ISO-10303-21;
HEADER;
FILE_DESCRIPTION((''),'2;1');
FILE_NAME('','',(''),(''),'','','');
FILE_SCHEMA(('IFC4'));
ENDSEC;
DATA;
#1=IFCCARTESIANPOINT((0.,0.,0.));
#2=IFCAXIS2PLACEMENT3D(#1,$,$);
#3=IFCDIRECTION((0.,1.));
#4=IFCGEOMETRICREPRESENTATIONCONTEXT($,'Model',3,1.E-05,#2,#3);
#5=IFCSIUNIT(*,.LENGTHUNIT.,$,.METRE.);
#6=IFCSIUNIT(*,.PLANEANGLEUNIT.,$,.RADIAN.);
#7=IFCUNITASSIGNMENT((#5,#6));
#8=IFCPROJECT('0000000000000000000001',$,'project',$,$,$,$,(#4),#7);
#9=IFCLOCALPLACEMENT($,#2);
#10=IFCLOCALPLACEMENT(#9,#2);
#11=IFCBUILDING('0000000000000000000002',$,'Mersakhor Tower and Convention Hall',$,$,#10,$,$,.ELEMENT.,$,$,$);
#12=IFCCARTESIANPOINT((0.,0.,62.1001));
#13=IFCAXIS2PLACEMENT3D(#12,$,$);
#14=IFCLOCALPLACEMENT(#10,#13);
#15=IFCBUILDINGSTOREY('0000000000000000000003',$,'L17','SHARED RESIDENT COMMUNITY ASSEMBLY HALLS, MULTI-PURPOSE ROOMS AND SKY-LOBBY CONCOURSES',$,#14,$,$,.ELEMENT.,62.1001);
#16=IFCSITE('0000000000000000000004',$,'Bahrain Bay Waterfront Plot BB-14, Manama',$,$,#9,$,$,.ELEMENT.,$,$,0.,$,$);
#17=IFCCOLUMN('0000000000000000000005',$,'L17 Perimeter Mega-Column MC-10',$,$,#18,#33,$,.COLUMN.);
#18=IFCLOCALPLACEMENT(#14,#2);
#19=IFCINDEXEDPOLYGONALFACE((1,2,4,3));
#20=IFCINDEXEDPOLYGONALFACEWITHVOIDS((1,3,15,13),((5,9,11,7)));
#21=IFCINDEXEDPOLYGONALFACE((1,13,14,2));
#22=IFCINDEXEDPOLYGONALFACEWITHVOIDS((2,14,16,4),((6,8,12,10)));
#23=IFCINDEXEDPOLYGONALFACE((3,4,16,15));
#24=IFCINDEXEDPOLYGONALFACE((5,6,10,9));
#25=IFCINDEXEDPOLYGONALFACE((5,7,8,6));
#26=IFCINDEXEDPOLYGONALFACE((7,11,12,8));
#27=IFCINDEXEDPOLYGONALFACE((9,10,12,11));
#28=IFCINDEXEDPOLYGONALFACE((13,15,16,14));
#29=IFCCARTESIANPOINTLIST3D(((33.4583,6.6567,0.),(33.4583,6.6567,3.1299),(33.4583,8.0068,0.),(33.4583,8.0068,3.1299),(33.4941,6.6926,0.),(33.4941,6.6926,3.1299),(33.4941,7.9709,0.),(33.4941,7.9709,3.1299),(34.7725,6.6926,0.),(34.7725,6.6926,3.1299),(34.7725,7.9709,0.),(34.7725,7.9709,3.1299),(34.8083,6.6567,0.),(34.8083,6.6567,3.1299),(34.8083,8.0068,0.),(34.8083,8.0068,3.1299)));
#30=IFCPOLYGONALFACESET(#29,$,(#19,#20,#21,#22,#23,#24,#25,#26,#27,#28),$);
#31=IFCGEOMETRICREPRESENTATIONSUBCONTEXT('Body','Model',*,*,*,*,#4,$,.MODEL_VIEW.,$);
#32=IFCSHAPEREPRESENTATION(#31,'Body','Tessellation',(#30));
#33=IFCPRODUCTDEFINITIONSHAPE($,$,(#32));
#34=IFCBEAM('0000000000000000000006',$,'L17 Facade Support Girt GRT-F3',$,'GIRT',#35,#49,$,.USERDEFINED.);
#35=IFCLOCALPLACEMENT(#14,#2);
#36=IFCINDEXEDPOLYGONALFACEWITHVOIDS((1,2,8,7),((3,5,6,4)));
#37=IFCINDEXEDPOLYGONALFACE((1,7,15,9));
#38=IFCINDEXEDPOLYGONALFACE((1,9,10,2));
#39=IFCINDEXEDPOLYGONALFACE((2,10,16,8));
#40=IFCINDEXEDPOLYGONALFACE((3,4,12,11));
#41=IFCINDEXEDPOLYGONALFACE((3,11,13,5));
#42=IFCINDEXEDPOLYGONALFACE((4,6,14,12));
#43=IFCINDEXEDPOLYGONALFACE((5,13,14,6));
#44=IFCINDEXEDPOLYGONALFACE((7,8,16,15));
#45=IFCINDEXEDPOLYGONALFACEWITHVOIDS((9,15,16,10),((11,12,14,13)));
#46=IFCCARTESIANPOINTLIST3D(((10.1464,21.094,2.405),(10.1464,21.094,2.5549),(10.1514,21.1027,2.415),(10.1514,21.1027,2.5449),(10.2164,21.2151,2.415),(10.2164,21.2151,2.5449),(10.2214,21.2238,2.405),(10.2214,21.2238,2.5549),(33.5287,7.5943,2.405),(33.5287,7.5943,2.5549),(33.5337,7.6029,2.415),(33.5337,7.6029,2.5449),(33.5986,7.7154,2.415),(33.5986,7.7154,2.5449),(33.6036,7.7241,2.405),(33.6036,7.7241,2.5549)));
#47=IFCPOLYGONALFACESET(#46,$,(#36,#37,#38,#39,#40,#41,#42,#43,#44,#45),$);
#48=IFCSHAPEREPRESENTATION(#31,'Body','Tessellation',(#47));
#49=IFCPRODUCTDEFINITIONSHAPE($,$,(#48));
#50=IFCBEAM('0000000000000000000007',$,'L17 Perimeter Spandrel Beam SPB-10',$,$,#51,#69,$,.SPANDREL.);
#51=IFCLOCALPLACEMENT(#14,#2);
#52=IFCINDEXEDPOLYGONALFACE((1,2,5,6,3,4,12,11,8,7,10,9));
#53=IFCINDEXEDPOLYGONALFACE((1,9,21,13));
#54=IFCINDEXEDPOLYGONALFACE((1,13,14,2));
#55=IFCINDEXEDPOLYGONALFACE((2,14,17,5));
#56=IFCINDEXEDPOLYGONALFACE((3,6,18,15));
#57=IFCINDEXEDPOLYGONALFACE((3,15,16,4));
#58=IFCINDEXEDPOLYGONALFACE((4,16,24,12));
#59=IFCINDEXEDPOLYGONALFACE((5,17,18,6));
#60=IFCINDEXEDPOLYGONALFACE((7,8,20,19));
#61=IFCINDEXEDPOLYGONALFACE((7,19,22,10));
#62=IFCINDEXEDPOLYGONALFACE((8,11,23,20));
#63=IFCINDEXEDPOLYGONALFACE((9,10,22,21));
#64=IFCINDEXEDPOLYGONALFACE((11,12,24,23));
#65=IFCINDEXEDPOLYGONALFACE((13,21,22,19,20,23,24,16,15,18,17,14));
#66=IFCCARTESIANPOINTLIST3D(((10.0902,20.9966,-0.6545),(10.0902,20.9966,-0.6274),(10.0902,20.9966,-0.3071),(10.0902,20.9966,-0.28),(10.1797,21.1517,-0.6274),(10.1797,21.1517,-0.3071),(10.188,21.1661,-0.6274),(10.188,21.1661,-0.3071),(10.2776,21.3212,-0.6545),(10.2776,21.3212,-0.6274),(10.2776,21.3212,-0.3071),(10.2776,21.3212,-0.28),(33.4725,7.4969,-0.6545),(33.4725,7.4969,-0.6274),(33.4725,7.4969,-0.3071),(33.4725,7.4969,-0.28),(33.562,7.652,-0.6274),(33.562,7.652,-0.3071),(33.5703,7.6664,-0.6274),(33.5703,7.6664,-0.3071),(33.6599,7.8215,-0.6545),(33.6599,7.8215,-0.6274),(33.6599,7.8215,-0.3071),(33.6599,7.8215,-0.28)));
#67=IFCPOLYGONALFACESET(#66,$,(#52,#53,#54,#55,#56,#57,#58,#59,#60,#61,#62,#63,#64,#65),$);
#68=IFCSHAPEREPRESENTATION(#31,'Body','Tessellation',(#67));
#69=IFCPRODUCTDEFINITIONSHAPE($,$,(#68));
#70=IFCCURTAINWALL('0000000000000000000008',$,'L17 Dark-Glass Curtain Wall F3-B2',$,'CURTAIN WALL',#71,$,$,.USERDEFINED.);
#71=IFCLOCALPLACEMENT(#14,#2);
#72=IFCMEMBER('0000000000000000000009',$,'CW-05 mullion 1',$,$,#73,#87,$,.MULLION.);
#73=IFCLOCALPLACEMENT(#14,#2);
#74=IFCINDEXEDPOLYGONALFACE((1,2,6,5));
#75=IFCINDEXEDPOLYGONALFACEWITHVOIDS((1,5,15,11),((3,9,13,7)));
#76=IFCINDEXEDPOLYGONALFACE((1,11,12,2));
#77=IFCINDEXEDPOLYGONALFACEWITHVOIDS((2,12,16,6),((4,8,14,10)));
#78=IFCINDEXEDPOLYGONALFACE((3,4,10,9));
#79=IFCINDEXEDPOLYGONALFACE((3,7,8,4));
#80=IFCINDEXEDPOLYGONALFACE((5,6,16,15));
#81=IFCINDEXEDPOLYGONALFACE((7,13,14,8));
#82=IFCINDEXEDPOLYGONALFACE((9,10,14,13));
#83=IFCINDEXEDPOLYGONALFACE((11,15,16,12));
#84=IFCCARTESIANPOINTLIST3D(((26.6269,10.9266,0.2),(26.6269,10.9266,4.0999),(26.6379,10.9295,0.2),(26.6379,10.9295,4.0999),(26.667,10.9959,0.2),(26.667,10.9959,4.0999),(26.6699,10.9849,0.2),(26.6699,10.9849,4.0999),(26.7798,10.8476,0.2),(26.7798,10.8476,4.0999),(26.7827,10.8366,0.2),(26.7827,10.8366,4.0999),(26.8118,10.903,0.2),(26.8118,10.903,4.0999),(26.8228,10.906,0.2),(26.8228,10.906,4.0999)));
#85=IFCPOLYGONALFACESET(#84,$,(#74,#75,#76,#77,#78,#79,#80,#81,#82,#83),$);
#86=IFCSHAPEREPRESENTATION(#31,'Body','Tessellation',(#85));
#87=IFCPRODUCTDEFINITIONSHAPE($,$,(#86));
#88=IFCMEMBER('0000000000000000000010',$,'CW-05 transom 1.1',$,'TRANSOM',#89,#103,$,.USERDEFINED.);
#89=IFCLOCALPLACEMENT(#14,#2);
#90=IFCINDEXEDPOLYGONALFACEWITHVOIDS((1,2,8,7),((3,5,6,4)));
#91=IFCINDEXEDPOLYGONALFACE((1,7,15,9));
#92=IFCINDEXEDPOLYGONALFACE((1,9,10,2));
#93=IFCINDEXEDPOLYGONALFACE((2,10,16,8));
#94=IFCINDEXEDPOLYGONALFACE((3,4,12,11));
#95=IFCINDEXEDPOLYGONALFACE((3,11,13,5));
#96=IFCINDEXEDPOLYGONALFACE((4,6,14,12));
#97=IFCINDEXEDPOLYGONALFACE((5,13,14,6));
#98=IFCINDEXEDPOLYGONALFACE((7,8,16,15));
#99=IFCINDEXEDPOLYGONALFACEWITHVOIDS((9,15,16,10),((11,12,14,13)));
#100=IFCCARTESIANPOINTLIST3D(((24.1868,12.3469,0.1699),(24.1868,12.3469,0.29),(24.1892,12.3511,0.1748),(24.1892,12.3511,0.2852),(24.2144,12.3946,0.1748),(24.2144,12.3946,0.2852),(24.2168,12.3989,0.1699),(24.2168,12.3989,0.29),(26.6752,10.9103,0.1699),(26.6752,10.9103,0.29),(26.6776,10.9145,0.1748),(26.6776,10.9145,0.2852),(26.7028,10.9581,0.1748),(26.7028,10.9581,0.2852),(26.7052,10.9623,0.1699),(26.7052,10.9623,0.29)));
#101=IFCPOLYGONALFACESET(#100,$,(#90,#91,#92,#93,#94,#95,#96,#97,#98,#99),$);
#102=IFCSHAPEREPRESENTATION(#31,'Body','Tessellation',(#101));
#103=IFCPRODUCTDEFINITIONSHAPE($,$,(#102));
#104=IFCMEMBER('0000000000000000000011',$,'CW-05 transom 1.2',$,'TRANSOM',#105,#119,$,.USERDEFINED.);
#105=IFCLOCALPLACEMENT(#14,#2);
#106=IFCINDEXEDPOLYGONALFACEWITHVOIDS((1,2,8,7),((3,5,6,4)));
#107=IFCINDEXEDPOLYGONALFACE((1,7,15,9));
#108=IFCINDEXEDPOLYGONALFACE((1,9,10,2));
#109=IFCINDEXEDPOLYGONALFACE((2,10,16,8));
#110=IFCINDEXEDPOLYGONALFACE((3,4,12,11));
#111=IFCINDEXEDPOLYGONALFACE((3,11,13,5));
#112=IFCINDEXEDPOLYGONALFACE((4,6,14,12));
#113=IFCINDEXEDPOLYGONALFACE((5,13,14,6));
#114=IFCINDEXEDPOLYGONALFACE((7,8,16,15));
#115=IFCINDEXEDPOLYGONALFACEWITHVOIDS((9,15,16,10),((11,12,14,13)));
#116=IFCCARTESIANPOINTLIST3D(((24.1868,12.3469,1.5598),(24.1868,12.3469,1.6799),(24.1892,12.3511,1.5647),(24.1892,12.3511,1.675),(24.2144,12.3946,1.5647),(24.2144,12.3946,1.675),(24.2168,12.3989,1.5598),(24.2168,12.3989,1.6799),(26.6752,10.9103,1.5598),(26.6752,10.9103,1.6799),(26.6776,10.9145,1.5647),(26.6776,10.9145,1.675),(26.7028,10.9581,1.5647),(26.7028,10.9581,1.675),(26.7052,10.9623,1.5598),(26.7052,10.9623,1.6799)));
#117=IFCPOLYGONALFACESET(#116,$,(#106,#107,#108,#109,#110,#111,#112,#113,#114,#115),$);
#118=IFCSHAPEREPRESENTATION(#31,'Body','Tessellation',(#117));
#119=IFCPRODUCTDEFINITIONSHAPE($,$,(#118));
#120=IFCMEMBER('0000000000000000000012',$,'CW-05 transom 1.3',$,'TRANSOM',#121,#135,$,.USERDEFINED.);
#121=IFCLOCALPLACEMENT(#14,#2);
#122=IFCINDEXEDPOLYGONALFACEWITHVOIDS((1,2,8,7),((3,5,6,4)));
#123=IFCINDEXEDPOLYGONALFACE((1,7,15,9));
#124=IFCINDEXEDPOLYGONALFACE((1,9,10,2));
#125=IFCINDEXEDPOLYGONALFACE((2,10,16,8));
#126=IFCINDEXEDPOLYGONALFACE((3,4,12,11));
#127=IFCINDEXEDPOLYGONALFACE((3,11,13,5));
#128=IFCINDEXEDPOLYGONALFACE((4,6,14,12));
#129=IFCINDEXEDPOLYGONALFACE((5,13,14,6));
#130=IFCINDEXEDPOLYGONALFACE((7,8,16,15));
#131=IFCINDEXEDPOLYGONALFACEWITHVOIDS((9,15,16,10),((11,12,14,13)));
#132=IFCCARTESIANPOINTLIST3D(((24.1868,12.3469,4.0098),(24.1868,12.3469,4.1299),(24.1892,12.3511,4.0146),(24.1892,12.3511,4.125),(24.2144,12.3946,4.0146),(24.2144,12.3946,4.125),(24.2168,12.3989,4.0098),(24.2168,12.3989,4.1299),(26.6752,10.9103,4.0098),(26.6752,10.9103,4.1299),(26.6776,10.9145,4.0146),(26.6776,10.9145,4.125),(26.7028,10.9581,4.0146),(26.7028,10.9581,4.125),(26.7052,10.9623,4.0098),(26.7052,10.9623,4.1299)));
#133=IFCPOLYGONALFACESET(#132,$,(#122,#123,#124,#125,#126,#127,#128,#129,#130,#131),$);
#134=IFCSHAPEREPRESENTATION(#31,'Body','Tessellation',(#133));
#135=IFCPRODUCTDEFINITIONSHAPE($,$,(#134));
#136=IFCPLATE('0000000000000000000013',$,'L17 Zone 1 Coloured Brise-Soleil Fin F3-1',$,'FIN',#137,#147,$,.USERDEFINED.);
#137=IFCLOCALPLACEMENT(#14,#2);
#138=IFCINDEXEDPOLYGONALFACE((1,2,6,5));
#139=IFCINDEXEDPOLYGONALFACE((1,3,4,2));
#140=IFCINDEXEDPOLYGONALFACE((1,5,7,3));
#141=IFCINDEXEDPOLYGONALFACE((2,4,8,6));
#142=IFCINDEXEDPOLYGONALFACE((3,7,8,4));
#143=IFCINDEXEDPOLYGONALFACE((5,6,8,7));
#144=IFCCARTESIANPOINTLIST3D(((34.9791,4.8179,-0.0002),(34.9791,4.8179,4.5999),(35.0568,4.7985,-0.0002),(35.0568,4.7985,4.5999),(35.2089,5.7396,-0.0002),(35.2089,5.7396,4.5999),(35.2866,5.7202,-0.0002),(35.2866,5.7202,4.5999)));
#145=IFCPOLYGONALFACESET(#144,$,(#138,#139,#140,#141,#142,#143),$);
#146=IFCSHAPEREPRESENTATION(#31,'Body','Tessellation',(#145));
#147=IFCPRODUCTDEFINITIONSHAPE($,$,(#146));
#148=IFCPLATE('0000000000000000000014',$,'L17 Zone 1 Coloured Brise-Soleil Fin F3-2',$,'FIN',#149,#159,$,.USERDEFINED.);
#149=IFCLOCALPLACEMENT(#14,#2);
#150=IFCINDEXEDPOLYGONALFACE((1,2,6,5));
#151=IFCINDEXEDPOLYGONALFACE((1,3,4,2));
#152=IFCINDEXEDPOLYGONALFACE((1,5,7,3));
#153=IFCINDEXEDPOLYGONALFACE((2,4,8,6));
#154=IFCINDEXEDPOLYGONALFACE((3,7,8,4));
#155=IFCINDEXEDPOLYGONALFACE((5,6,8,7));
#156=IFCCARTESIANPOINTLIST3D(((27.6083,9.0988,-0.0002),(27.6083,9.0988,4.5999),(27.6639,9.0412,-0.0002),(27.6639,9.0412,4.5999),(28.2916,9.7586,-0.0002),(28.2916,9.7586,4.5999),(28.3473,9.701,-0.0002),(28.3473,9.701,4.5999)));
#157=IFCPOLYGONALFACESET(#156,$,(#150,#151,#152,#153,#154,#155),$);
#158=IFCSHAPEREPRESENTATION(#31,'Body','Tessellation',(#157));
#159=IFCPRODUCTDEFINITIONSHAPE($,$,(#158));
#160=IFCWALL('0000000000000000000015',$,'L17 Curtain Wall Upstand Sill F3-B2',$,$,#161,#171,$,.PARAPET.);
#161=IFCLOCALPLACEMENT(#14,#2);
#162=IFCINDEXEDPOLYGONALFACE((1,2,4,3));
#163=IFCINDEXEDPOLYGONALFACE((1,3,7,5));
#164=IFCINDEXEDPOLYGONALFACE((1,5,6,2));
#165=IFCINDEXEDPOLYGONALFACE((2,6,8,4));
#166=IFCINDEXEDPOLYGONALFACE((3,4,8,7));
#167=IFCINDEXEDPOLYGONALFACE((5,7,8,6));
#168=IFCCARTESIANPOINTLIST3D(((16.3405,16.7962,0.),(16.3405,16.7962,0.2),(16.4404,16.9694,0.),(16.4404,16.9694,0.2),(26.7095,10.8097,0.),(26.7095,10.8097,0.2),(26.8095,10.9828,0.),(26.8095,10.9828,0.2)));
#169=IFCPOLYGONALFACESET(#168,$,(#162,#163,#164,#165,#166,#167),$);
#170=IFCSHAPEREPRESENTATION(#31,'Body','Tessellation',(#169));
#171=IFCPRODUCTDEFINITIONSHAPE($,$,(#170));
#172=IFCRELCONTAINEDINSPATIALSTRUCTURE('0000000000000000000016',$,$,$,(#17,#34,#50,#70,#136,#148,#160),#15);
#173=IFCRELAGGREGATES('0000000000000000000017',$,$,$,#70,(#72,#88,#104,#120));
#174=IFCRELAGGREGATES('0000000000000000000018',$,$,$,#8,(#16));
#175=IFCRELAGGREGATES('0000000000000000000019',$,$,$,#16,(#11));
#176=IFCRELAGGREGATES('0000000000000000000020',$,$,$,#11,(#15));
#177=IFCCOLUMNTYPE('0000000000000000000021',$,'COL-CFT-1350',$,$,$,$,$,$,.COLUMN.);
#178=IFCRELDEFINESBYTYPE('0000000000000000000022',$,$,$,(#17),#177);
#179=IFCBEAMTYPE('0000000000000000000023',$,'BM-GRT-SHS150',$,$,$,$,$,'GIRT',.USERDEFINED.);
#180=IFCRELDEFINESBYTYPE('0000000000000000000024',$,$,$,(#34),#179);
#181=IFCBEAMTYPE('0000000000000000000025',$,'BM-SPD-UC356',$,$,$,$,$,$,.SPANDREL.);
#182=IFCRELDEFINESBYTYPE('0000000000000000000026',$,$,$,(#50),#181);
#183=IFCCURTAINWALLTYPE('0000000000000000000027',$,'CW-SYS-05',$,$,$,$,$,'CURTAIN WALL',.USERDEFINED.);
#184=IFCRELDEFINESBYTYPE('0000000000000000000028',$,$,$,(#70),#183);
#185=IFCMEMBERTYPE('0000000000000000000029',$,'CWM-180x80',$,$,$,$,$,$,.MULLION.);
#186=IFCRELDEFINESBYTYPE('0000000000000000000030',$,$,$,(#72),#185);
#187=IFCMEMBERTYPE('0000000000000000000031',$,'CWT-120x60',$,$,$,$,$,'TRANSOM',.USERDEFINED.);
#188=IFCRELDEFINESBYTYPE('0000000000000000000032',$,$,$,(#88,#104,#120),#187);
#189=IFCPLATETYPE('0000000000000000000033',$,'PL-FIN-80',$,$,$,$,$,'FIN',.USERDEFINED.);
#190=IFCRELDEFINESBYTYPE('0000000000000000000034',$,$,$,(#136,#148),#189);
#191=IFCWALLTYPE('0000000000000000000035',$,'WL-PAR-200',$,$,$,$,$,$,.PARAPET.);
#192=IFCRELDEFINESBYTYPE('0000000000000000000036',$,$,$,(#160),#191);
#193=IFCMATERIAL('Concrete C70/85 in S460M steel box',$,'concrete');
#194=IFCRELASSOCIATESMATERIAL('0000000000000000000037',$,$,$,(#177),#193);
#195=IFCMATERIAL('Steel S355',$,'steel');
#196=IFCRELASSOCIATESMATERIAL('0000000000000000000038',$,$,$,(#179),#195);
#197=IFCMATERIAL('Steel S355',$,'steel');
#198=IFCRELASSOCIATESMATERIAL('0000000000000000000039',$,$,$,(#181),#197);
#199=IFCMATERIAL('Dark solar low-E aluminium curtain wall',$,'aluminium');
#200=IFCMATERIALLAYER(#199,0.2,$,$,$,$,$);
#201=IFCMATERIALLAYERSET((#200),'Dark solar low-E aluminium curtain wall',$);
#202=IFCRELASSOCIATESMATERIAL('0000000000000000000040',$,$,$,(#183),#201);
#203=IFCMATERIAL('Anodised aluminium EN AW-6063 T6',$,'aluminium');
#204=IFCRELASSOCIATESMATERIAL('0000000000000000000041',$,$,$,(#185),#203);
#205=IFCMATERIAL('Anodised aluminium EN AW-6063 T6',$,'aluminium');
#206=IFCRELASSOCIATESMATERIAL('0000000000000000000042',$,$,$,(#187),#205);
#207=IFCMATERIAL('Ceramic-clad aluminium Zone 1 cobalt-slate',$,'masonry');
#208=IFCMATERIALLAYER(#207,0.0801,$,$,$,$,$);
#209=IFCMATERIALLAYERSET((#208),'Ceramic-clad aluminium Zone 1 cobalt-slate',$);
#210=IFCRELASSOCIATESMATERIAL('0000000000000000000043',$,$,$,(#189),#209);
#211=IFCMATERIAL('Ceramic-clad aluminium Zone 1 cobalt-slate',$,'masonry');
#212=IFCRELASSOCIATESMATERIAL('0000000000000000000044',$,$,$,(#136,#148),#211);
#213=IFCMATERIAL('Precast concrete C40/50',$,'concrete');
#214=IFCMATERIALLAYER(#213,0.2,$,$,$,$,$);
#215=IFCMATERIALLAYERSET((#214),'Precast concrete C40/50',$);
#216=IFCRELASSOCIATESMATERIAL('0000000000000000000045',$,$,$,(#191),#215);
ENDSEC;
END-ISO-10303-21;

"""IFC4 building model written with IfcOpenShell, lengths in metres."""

from ifc_helpers import new_model, si_unit, direction, frame, frame_2d, origin, origin_2d, place, context, subcontext, project, spatial, rectangle, hollow_rectangle, i_section, extrude, material, layer, layer_set, material_profile, profile_set, type_object, element, aggregate, save


model = new_model("IFC4")

# Units and contexts
model_context = context("Model", 3, precision=1e-05, world=origin(), true_north=direction((0.0, 1.0)))
body_context = subcontext(model_context, "Body", "Model", "MODEL_VIEW")
ifc_project = project(units=[si_unit("LENGTHUNIT", "METRE"), si_unit("PLANEANGLEUNIT", "RADIAN")], contexts=[model_context])

# Site, building, storey
site_placement = place(None, origin())
site = spatial("IfcSite", under=ifc_project, at=site_placement, Name="Bahrain Bay Waterfront Plot BB-14, Manama", CompositionType="ELEMENT", RefElevation=0.0)
building_placement = place(site_placement, origin())
building = spatial("IfcBuilding", under=site, at=building_placement, Name="Mersakhor Tower and Convention Hall", CompositionType="ELEMENT")
storey_placement = place(building_placement, frame((0.0, 0.0, 62.1001)))
storey = spatial("IfcBuildingStorey", under=building, at=storey_placement, Name="L17", Description="SHARED RESIDENT COMMUNITY ASSEMBLY HALLS, MULTI-PURPOSE ROOMS AND SKY-LOBBY CONCOURSES", CompositionType="ELEMENT", Elevation=62.1001)

# Column
ifc_material_1 = material(Name="Concrete C70/85 in S460M steel box", Category="concrete")
ifc_material_profile_1 = material_profile(ifc_material_1, hollow_rectangle(XDim=1.3501, YDim=1.3501, WallThickness=0.0359, at=origin_2d()), Name="SHS 1350x1350x36")
ifc_profile_set_1 = profile_set([ifc_material_profile_1], Name="Concrete C70/85 in S460M steel box")
column_type = type_object("IfcColumnType", Name="COL-CFT-1350", PredefinedType="COLUMN", material=ifc_profile_set_1)
column_placement = place(storey_placement, frame((34.1333, 7.3318, 0.0), z_axis=(0.0, 0.0, 1.0), x_axis=(1.0, 0.0, 0.0)))
element("IfcColumn", 1, at=column_placement, inside=storey, type_object=column_type, Name="L17 Perimeter Mega-Column MC-10", PredefinedType="COLUMN", context=body_context, shape_type="SweptSolid", body=[
    extrude(hollow_rectangle(XDim=1.3501, YDim=1.3501, WallThickness=0.0359, at=origin_2d()), origin(), (0.0, 0.0, 1.0), 3.1299),
])

# Beams
ifc_material_2 = material(Name="Steel S355", Category="steel")
ifc_material_profile_2 = material_profile(ifc_material_2, hollow_rectangle(XDim=0.1499, YDim=0.1499, WallThickness=0.01, at=origin_2d()), Name="SHS 150x150x10")
ifc_profile_set_2 = profile_set([ifc_material_profile_2], Name="Steel S355")
beam_type_1 = type_object("IfcBeamType", Name="BM-GRT-SHS150", ElementType="GIRT", PredefinedType="USERDEFINED", material=ifc_profile_set_2)
beam_1_placement = place(storey_placement, frame((33.5662, 7.6592, 2.48), z_axis=(-0.866026, 0.499999, 0.0), x_axis=(-0.499999, -0.866026, 0.0)))
element("IfcBeam", 2, at=beam_1_placement, inside=storey, type_object=beam_type_1, Name="L17 Facade Support Girt GRT-F3", ObjectType="GIRT", PredefinedType="USERDEFINED", context=body_context, shape_type="SweptSolid", body=[
    extrude(hollow_rectangle(XDim=0.1499, YDim=0.1499, WallThickness=0.01, at=origin_2d()), origin(), (0.0, 0.0, 1.0), 26.9995),
])
ifc_material_3 = material(Name="Steel S355", Category="steel")
ifc_material_profile_3 = material_profile(ifc_material_3, i_section(OverallWidth=0.3748, OverallDepth=0.3745, WebThickness=0.0166, FlangeThickness=0.0271, at=origin_2d()), Name="UC 356x368x202")
ifc_profile_set_3 = profile_set([ifc_material_profile_3], Name="Steel S355")
beam_type_2 = type_object("IfcBeamType", Name="BM-SPD-UC356", PredefinedType="SPANDREL", material=ifc_profile_set_3)
beam_2_placement = place(storey_placement, frame((33.5662, 7.6592, -0.4673), z_axis=(-0.866026, 0.499999, 0.0), x_axis=(-0.499999, -0.866026, 0.0)))
element("IfcBeam", 3, at=beam_2_placement, inside=storey, type_object=beam_type_2, Name="L17 Perimeter Spandrel Beam SPB-10", PredefinedType="SPANDREL", context=body_context, shape_type="SweptSolid", body=[
    extrude(i_section(OverallWidth=0.3748, OverallDepth=0.3745, WebThickness=0.0166, FlangeThickness=0.0271, at=origin_2d()), origin(), (0.0, 0.0, 1.0), 26.9995),
])

# Curtain wall, members
ifc_material_4 = material(Name="Dark solar low-E aluminium curtain wall", Category="aluminium")
ifc_layer_1 = layer(ifc_material_4, 0.2)
ifc_layer_set_1 = layer_set([ifc_layer_1], Name="Dark solar low-E aluminium curtain wall")
curtain_wall_type = type_object("IfcCurtainWallType", Name="CW-SYS-05", ElementType="CURTAIN WALL", PredefinedType="USERDEFINED", material=ifc_layer_set_1)
curtain_wall_placement = place(storey_placement, origin())
curtain_wall = element("IfcCurtainWall", 4, at=curtain_wall_placement, inside=storey, type_object=curtain_wall_type, Name="L17 Dark-Glass Curtain Wall F3-B2", ObjectType="CURTAIN WALL", PredefinedType="USERDEFINED")
ifc_material_5 = material(Name="Anodised aluminium EN AW-6063 T6", Category="aluminium")
ifc_material_profile_4 = material_profile(ifc_material_5, hollow_rectangle(XDim=0.0801, YDim=0.1799, WallThickness=0.0081, at=origin_2d()), Name="RHS 180x80x8")
ifc_profile_set_4 = profile_set([ifc_material_profile_4], Name="Anodised aluminium EN AW-6063 T6")
member_type_1 = type_object("IfcMemberType", Name="CWM-180x80", PredefinedType="MULLION", material=ifc_profile_set_4)
member_1_placement = place(storey_placement, frame((26.7249, 10.9163, 0.2), z_axis=(0.0, 0.0, 1.0), x_axis=(-0.500003, -0.866023, 0.0)))
member_1 = element("IfcMember", 5, at=member_1_placement, type_object=member_type_1, Name="CW-05 mullion 1", PredefinedType="MULLION", context=body_context, shape_type="SweptSolid", body=[
    extrude(hollow_rectangle(XDim=0.0801, YDim=0.1799, WallThickness=0.0081, at=origin_2d()), origin(), (0.0, 0.0, 1.0), 3.8999),
])
ifc_material_6 = material(Name="Anodised aluminium EN AW-6063 T6", Category="aluminium")
ifc_material_profile_5 = material_profile(ifc_material_6, hollow_rectangle(XDim=0.0601, YDim=0.1201, WallThickness=0.0049, at=origin_2d()), Name="RHS 120x60x5")
ifc_profile_set_5 = profile_set([ifc_material_profile_5], Name="Anodised aluminium EN AW-6063 T6")
member_type_2 = type_object("IfcMemberType", Name="CWT-120x60", ElementType="TRANSOM", PredefinedType="USERDEFINED", material=ifc_profile_set_5)
member_2_placement = place(storey_placement, frame((26.6902, 10.9363, 0.23), z_axis=(-0.866038, 0.499977, 0.0), x_axis=(-0.499977, -0.866038, 0.0)))
member_2 = element("IfcMember", 6, at=member_2_placement, type_object=member_type_2, Name="CW-05 transom 1.1", ObjectType="TRANSOM", PredefinedType="USERDEFINED", context=body_context, shape_type="SweptSolid", body=[
    extrude(hollow_rectangle(XDim=0.0601, YDim=0.1201, WallThickness=0.0049, at=origin_2d()), origin(), (0.0, 0.0, 1.0), 2.8733),
])
member_3_placement = place(storey_placement, frame((26.6902, 10.9363, 1.6199), z_axis=(-0.866038, 0.499977, 0.0), x_axis=(-0.499977, -0.866038, 0.0)))
member_3 = element("IfcMember", 7, at=member_3_placement, type_object=member_type_2, Name="CW-05 transom 1.2", ObjectType="TRANSOM", PredefinedType="USERDEFINED", context=body_context, shape_type="SweptSolid", body=[
    extrude(hollow_rectangle(XDim=0.0601, YDim=0.1201, WallThickness=0.0049, at=origin_2d()), origin(), (0.0, 0.0, 1.0), 2.8733),
])
member_4_placement = place(storey_placement, frame((26.6902, 10.9363, 4.0698), z_axis=(-0.866038, 0.499977, 0.0), x_axis=(-0.499977, -0.866038, 0.0)))
member_4 = element("IfcMember", 8, at=member_4_placement, type_object=member_type_2, Name="CW-05 transom 1.3", ObjectType="TRANSOM", PredefinedType="USERDEFINED", context=body_context, shape_type="SweptSolid", body=[
    extrude(hollow_rectangle(XDim=0.0601, YDim=0.1201, WallThickness=0.0049, at=origin_2d()), origin(), (0.0, 0.0, 1.0), 2.8733),
])
aggregate(curtain_wall, [member_1, member_2, member_3, member_4])

# Plates
ifc_material_7 = material(Name="Ceramic-clad aluminium Zone 1 cobalt-slate", Category="masonry")
ifc_material_8 = material(Name="Ceramic-clad aluminium Zone 1 cobalt-slate", Category="masonry")
ifc_layer_2 = layer(ifc_material_8, 0.0801)
ifc_layer_set_2 = layer_set([ifc_layer_2], Name="Ceramic-clad aluminium Zone 1 cobalt-slate")
plate_type = type_object("IfcPlateType", Name="PL-FIN-80", ElementType="FIN", PredefinedType="USERDEFINED", material=ifc_layer_set_2)
for number, where, z_axis, x_axis, name in (
    (9, (35.1328, 5.269, -0.0002), (0.0, 0.0, 1.0), (-0.241922, -0.970296, 0.0), "L17 Zone 1 Coloured Brise-Soleil Fin F3-1"),
    (10, (27.9778, 9.3999, -0.0002), (0.0, 0.0, 1.0), (-0.71934, -0.694658, 0.0), "L17 Zone 1 Coloured Brise-Soleil Fin F3-2"),
):
    element("IfcPlate", number, at=place(storey_placement, frame(where, z_axis=z_axis, x_axis=x_axis)), inside=storey, type_object=plate_type, material=ifc_material_7, Name=name, ObjectType="FIN", PredefinedType="USERDEFINED", context=body_context, shape_type="SweptSolid", body=[
        extrude(rectangle(XDim=0.95, YDim=0.0801, at=origin_2d()), origin(), (0.0, 0.0, 1.0), 4.6001),
    ])

# Wall
ifc_material_9 = material(Name="Precast concrete C40/50", Category="concrete")
ifc_layer_3 = layer(ifc_material_9, 0.2)
ifc_layer_set_3 = layer_set([ifc_layer_3], Name="Precast concrete C40/50")
wall_type_1 = type_object("IfcWallType", Name="WL-PAR-200", PredefinedType="PARAPET", material=ifc_layer_set_3)
wall_1_placement = place(storey_placement, frame((26.7595, 10.8962, 0.0), z_axis=(0.0, 0.0, 1.0), x_axis=(-0.866027, 0.499997, 0.0)))
element("IfcWall", 11, at=wall_1_placement, inside=storey, type_object=wall_type_1, Name="L17 Curtain Wall Upstand Sill F3-B2", PredefinedType="PARAPET", context=body_context, shape_type="SweptSolid", body=[
    extrude(rectangle(XDim=11.9731, YDim=0.2, at=frame_2d((5.9866, 0.0))), origin(), (0.0, 0.0, 1.0), 0.2),
])

save(model, "model.ifc")
